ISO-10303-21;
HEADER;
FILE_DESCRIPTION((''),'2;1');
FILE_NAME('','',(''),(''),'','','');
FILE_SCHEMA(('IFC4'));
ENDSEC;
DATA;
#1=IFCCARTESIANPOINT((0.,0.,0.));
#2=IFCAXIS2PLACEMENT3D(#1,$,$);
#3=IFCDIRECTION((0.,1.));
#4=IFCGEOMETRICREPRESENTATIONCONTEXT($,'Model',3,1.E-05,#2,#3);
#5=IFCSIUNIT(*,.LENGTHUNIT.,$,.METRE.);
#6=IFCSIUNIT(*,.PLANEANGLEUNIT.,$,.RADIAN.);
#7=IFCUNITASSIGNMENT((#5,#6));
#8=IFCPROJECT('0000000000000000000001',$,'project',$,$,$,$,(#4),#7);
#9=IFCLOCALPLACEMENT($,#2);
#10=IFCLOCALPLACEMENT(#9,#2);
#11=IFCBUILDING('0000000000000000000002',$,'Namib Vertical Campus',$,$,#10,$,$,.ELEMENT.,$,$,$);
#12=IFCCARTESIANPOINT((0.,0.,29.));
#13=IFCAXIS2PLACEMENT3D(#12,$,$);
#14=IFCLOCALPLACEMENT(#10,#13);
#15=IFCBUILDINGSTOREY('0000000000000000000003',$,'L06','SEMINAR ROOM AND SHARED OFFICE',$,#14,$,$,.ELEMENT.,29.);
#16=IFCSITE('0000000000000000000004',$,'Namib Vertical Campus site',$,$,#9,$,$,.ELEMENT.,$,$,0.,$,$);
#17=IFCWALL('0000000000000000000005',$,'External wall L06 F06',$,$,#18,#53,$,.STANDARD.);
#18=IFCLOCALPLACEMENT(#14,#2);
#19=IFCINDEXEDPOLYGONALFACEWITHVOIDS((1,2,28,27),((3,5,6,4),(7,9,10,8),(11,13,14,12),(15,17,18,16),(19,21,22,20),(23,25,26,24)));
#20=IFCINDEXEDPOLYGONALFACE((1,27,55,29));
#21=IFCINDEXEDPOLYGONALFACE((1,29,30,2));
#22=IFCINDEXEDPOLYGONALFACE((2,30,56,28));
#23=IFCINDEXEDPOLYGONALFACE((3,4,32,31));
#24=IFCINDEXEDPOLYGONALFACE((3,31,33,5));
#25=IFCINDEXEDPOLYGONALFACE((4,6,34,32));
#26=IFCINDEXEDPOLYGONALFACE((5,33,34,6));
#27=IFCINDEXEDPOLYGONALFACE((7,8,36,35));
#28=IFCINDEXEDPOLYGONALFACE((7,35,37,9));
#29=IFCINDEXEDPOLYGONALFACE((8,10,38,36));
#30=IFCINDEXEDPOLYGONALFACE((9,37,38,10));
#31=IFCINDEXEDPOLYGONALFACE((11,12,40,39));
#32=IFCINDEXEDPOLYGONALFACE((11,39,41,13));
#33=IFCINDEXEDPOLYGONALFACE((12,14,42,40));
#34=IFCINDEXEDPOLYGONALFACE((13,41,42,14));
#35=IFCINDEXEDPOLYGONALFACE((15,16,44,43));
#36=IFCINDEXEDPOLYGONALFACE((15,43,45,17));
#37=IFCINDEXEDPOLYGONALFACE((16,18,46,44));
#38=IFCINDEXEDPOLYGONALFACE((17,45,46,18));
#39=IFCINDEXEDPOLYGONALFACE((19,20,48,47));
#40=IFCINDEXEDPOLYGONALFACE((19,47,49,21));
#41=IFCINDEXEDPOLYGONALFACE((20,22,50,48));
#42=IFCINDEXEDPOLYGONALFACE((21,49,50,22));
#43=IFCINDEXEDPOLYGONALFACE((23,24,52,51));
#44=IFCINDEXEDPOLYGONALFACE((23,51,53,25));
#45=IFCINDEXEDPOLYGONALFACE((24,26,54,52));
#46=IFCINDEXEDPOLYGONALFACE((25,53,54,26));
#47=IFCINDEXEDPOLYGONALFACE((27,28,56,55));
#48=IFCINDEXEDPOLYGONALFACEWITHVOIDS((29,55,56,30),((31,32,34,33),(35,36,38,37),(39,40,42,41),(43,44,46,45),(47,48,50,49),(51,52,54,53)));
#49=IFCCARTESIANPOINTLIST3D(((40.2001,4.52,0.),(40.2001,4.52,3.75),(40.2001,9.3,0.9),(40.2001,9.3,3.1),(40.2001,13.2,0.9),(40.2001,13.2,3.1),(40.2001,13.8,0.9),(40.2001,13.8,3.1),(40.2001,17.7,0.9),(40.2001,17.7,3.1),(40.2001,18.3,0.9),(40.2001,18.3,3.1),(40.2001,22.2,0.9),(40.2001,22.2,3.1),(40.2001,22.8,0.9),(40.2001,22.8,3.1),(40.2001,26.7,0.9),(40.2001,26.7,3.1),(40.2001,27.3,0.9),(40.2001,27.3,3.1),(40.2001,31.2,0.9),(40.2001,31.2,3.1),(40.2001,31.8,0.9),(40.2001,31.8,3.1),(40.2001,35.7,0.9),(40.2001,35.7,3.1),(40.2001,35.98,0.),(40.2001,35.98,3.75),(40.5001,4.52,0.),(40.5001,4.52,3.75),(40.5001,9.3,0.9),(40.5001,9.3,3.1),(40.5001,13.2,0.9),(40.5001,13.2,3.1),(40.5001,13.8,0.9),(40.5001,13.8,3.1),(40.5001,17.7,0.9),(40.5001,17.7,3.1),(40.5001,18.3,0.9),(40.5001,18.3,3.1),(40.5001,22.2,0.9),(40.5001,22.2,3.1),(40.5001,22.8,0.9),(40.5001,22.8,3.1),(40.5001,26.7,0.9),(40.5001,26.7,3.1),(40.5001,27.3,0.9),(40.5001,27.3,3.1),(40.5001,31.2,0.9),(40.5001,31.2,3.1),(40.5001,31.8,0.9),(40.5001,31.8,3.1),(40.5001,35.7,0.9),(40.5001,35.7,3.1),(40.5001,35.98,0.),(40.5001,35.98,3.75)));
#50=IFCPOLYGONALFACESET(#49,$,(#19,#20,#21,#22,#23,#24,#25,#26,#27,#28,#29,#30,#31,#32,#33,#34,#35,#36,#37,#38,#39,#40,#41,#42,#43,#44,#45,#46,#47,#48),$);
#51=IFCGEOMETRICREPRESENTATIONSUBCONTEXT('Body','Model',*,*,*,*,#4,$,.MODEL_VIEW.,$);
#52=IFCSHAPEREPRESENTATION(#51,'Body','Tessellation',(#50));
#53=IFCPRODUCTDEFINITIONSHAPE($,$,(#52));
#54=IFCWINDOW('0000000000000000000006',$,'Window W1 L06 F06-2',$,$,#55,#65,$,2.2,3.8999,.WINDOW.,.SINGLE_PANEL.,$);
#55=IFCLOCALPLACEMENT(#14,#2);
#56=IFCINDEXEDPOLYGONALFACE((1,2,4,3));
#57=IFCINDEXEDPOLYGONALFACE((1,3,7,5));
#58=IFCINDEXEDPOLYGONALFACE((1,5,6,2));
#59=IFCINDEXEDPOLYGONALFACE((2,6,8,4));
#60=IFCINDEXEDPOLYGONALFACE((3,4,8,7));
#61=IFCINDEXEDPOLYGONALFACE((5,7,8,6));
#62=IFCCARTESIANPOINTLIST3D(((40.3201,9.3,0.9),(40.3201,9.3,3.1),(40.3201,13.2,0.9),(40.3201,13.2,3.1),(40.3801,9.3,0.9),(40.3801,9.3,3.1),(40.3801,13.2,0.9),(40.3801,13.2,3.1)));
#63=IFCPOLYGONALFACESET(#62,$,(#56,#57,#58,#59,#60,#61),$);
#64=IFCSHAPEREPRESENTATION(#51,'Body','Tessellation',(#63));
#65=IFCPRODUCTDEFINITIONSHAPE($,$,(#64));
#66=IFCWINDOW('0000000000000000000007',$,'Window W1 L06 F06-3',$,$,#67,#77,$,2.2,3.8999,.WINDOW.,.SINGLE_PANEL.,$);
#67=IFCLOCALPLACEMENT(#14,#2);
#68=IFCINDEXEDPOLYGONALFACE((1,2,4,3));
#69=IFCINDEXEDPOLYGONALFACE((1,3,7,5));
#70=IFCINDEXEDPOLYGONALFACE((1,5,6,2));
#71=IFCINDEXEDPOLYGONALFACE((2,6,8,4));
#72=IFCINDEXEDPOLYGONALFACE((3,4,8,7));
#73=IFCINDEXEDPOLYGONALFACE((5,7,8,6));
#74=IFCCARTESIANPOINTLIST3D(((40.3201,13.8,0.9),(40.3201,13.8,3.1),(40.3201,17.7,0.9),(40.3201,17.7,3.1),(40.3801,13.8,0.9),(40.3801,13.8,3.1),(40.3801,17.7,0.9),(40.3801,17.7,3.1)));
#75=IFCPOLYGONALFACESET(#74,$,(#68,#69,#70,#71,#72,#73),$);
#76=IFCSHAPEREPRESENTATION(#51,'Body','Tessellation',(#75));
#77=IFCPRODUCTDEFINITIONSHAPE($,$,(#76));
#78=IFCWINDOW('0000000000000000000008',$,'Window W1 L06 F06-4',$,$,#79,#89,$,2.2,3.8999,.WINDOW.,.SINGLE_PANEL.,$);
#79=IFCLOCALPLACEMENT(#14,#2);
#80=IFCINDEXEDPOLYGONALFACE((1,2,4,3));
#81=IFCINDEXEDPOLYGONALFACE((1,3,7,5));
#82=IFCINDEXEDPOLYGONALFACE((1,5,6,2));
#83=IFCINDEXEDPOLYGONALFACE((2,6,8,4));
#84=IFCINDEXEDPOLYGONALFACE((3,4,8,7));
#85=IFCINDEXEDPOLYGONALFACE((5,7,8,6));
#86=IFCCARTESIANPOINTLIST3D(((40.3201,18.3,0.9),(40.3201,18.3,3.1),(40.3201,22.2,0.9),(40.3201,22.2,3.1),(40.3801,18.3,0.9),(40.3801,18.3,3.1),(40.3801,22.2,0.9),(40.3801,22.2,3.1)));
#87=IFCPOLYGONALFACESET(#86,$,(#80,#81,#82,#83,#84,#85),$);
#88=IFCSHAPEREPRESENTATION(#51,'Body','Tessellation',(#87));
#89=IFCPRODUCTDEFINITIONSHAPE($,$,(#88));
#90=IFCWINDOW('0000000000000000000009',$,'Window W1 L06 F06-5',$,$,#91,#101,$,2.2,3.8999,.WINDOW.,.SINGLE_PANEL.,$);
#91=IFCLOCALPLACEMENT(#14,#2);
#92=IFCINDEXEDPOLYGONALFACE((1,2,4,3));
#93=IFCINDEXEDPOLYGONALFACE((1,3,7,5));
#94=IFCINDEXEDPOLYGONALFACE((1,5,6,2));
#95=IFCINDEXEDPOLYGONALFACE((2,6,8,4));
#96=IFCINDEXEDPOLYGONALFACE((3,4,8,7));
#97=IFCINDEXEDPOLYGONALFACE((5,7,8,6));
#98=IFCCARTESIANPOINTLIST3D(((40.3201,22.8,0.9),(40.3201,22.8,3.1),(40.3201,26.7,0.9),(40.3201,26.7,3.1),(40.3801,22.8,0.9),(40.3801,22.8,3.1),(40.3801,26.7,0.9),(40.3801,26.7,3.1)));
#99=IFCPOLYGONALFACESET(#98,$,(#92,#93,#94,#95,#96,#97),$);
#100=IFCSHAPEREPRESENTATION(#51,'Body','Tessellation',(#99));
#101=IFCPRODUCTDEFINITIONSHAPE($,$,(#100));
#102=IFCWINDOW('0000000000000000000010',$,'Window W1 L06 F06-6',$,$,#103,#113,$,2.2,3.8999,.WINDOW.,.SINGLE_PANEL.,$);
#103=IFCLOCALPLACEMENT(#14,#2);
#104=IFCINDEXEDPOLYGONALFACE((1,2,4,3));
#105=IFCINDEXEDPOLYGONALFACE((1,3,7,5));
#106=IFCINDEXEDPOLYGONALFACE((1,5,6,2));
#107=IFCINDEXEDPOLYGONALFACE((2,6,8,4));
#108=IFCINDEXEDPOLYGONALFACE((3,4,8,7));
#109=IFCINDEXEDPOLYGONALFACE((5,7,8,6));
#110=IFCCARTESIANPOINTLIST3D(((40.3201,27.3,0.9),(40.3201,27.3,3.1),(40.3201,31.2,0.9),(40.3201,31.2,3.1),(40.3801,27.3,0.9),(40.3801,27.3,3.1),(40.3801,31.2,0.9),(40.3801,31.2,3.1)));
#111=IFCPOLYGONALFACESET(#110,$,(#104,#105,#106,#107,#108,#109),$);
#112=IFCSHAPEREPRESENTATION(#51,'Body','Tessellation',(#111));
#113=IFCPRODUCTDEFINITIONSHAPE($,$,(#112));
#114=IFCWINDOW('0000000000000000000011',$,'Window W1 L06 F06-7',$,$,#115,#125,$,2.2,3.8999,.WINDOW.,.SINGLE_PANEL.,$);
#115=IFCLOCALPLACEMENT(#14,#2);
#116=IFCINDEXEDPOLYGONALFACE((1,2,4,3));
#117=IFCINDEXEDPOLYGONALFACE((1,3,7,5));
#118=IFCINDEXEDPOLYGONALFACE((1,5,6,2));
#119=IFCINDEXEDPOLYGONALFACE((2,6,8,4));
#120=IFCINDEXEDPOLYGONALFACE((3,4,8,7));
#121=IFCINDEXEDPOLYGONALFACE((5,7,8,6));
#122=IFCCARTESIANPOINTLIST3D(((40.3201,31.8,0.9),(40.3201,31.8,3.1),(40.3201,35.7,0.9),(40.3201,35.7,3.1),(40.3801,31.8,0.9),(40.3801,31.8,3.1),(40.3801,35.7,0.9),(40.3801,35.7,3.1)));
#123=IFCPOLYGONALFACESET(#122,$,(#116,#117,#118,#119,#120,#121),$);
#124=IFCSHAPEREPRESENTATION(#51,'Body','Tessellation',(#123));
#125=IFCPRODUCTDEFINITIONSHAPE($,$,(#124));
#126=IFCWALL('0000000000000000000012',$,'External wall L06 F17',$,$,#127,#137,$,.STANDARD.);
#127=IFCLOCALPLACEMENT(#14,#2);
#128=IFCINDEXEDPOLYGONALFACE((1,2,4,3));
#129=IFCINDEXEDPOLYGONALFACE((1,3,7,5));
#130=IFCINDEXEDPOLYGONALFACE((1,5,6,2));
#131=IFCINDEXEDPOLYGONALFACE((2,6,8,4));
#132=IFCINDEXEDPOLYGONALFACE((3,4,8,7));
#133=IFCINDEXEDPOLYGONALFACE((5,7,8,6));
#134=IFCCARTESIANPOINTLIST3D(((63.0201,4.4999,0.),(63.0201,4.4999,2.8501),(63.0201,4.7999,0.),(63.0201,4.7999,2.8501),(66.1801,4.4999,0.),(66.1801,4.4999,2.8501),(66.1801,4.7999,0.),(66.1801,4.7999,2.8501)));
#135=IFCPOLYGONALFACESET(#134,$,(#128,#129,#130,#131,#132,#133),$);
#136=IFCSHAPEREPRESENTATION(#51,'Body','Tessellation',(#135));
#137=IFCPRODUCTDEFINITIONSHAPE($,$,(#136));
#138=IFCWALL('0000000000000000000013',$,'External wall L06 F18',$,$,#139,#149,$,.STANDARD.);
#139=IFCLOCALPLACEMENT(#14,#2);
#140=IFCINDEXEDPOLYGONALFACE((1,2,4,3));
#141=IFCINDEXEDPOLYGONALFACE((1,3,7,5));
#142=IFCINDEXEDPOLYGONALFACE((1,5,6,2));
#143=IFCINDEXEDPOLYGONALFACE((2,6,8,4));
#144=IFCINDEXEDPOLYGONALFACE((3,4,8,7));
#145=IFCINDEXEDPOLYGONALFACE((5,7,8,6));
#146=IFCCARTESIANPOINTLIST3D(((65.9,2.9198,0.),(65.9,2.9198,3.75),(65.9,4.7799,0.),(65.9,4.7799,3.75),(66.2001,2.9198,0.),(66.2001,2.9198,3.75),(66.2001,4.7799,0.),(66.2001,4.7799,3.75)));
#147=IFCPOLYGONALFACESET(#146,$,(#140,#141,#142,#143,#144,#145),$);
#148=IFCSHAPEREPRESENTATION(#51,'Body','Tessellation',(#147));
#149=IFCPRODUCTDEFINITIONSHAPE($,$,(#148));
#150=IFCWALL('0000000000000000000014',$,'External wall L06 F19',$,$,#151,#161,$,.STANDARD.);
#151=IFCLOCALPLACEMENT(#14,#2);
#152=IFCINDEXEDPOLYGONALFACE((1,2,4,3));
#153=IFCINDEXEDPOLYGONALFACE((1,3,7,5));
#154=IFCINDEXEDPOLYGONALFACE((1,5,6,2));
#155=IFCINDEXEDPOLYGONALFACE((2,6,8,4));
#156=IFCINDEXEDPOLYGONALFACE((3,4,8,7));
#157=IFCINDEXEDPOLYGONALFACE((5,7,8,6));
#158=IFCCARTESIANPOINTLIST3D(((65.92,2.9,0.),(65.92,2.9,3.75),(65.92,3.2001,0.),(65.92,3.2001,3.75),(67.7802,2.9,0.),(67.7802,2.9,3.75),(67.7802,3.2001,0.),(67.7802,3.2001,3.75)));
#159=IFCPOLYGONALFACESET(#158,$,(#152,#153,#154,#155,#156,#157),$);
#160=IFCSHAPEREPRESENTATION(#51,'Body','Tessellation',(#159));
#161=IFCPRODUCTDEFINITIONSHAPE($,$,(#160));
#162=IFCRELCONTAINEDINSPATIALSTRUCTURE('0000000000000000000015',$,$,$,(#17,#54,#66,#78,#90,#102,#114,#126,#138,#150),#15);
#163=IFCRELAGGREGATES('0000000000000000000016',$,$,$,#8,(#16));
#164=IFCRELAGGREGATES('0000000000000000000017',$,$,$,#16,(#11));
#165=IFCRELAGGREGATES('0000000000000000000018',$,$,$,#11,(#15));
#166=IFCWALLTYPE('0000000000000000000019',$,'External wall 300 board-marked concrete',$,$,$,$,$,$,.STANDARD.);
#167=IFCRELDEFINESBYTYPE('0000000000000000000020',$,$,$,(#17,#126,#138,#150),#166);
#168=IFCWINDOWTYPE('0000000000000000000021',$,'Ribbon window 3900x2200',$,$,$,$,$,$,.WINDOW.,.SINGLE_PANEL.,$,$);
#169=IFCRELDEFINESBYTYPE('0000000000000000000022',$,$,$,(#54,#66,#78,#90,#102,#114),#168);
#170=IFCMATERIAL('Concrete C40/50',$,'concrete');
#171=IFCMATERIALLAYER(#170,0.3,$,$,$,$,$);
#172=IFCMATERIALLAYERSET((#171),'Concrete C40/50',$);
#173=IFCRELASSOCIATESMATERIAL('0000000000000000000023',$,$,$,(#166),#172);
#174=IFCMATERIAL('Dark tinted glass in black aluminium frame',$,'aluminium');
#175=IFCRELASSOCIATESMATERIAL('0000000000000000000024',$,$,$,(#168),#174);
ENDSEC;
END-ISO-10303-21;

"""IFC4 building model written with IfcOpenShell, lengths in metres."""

from ifc_helpers import new_model, si_unit, direction, frame, frame_2d, origin, place, context, subcontext, project, spatial, rectangle, extrude, material, layer, layer_set, type_object, element, fill, save


model = new_model("IFC4")

# Units and contexts
model_context = context("Model", 3, precision=1e-05, world=origin(), true_north=direction((0.0, 1.0)))
body_context = subcontext(model_context, "Body", "Model", "MODEL_VIEW")
ifc_project = project(units=[si_unit("LENGTHUNIT", "METRE"), si_unit("PLANEANGLEUNIT", "RADIAN")], contexts=[model_context])

# Site, building, storey
site_placement = place(None, origin())
site = spatial("IfcSite", under=ifc_project, at=site_placement, Name="Namib Vertical Campus site", CompositionType="ELEMENT", RefElevation=0.0)
building_placement = place(site_placement, origin())
building = spatial("IfcBuilding", under=site, at=building_placement, Name="Namib Vertical Campus", CompositionType="ELEMENT")
storey_placement = place(building_placement, frame((0.0, 0.0, 29.0)))
storey = spatial("IfcBuildingStorey", under=building, at=storey_placement, Name="L06", Description="SEMINAR ROOM AND SHARED OFFICE", CompositionType="ELEMENT", Elevation=29.0)

# Shared definitions
ifc_material_1 = material(Name="Concrete C40/50", Category="concrete")
ifc_layer_1 = layer(ifc_material_1, 0.3)
ifc_layer_set_1 = layer_set([ifc_layer_1], Name="Concrete C40/50")
wall_type_1 = type_object("IfcWallType", Name="External wall 300 board-marked concrete", PredefinedType="STANDARD", material=ifc_layer_set_1)

# Wall, openings, windows
wall_1_placement = place(storey_placement, frame((40.3501, 4.52, 0.0), z_axis=(0.0, 0.0, 1.0), x_axis=(0.0, 1.0, 0.0)))
wall_1 = element("IfcWall", 1, at=wall_1_placement, inside=storey, type_object=wall_type_1, Name="External wall L06 F06", PredefinedType="STANDARD", context=body_context, shape_type="SweptSolid", body=[
    extrude(rectangle(XDim=31.46, YDim=0.3, at=frame_2d((15.73, 0.0))), origin(), (0.0, 0.0, 1.0), 3.75),
])
opening_1_placement = place(wall_1_placement, frame((4.78, 0.0, 0.8999)))
opening_1 = element("IfcOpeningElement", 2, at=opening_1_placement, cuts=wall_1, PredefinedType="OPENING", context=body_context, shape_type="SweptSolid", body=[
    extrude(rectangle(XDim=3.8999, YDim=2.2, at=frame_2d((1.95, 1.1001))), frame((0.0, 0.1599, 0.0), z_axis=(0.0, -1.0, 0.0), x_axis=(1.0, 0.0, 0.0)), (0.0, 0.0, 1.0), 0.3201),
])
opening_2_placement = place(wall_1_placement, frame((9.28, 0.0, 0.8999)))
opening_2 = element("IfcOpeningElement", 3, at=opening_2_placement, cuts=wall_1, PredefinedType="OPENING", context=body_context, shape_type="SweptSolid", body=[
    extrude(rectangle(XDim=3.8999, YDim=2.2, at=frame_2d((1.95, 1.1001))), frame((0.0, 0.1599, 0.0), z_axis=(0.0, -1.0, 0.0), x_axis=(1.0, 0.0, 0.0)), (0.0, 0.0, 1.0), 0.3201),
])
opening_3_placement = place(wall_1_placement, frame((13.78, 0.0, 0.8999)))
opening_3 = element("IfcOpeningElement", 4, at=opening_3_placement, cuts=wall_1, PredefinedType="OPENING", context=body_context, shape_type="SweptSolid", body=[
    extrude(rectangle(XDim=3.8999, YDim=2.2, at=frame_2d((1.95, 1.1001))), frame((0.0, 0.1599, 0.0), z_axis=(0.0, -1.0, 0.0), x_axis=(1.0, 0.0, 0.0)), (0.0, 0.0, 1.0), 0.3201),
])
opening_4_placement = place(wall_1_placement, frame((18.28, 0.0, 0.8999)))
opening_4 = element("IfcOpeningElement", 5, at=opening_4_placement, cuts=wall_1, PredefinedType="OPENING", context=body_context, shape_type="SweptSolid", body=[
    extrude(rectangle(XDim=3.8999, YDim=2.2, at=frame_2d((1.95, 1.1001))), frame((0.0, 0.1599, 0.0), z_axis=(0.0, -1.0, 0.0), x_axis=(1.0, 0.0, 0.0)), (0.0, 0.0, 1.0), 0.3201),
])
opening_5_placement = place(wall_1_placement, frame((22.78, 0.0, 0.8999)))
opening_5 = element("IfcOpeningElement", 6, at=opening_5_placement, cuts=wall_1, PredefinedType="OPENING", context=body_context, shape_type="SweptSolid", body=[
    extrude(rectangle(XDim=3.8999, YDim=2.2, at=frame_2d((1.95, 1.1001))), frame((0.0, 0.1599, 0.0), z_axis=(0.0, -1.0, 0.0), x_axis=(1.0, 0.0, 0.0)), (0.0, 0.0, 1.0), 0.3201),
])
opening_6_placement = place(wall_1_placement, frame((27.28, 0.0, 0.8999)))
opening_6 = element("IfcOpeningElement", 7, at=opening_6_placement, cuts=wall_1, PredefinedType="OPENING", context=body_context, shape_type="SweptSolid", body=[
    extrude(rectangle(XDim=3.8999, YDim=2.2, at=frame_2d((1.95, 1.1001))), frame((0.0, 0.1599, 0.0), z_axis=(0.0, -1.0, 0.0), x_axis=(1.0, 0.0, 0.0)), (0.0, 0.0, 1.0), 0.3201),
])
ifc_material_2 = material(Name="Dark tinted glass in black aluminium frame", Category="aluminium")
window_type = type_object("IfcWindowType", Name="Ribbon window 3900x2200", PartitioningType="SINGLE_PANEL", PredefinedType="WINDOW", material=ifc_material_2)
window_1_placement = place(opening_1_placement, origin())
window_1 = element("IfcWindow", 8, at=window_1_placement, inside=storey, type_object=window_type, Name="Window W1 L06 F06-2", OverallHeight=2.2, OverallWidth=3.8999, PartitioningType="SINGLE_PANEL", PredefinedType="WINDOW", context=body_context, shape_type="SweptSolid", body=[
    extrude(rectangle(XDim=3.8999, YDim=2.2, at=frame_2d((1.95, 1.1001))), frame((0.0, 0.03, 0.0), z_axis=(0.0, -1.0, 0.0), x_axis=(1.0, 0.0, 0.0)), (0.0, 0.0, 1.0), 0.0601),
])
fill(opening_1, window_1)
window_2_placement = place(opening_2_placement, origin())
window_2 = element("IfcWindow", 9, at=window_2_placement, inside=storey, type_object=window_type, Name="Window W1 L06 F06-3", OverallHeight=2.2, OverallWidth=3.8999, PartitioningType="SINGLE_PANEL", PredefinedType="WINDOW", context=body_context, shape_type="SweptSolid", body=[
    extrude(rectangle(XDim=3.8999, YDim=2.2, at=frame_2d((1.95, 1.1001))), frame((0.0, 0.03, 0.0), z_axis=(0.0, -1.0, 0.0), x_axis=(1.0, 0.0, 0.0)), (0.0, 0.0, 1.0), 0.0601),
])
fill(opening_2, window_2)
window_3_placement = place(opening_3_placement, origin())
window_3 = element("IfcWindow", 10, at=window_3_placement, inside=storey, type_object=window_type, Name="Window W1 L06 F06-4", OverallHeight=2.2, OverallWidth=3.8999, PartitioningType="SINGLE_PANEL", PredefinedType="WINDOW", context=body_context, shape_type="SweptSolid", body=[
    extrude(rectangle(XDim=3.8999, YDim=2.2, at=frame_2d((1.95, 1.1001))), frame((0.0, 0.03, 0.0), z_axis=(0.0, -1.0, 0.0), x_axis=(1.0, 0.0, 0.0)), (0.0, 0.0, 1.0), 0.0601),
])
fill(opening_3, window_3)
window_4_placement = place(opening_4_placement, origin())
window_4 = element("IfcWindow", 11, at=window_4_placement, inside=storey, type_object=window_type, Name="Window W1 L06 F06-5", OverallHeight=2.2, OverallWidth=3.8999, PartitioningType="SINGLE_PANEL", PredefinedType="WINDOW", context=body_context, shape_type="SweptSolid", body=[
    extrude(rectangle(XDim=3.8999, YDim=2.2, at=frame_2d((1.95, 1.1001))), frame((0.0, 0.03, 0.0), z_axis=(0.0, -1.0, 0.0), x_axis=(1.0, 0.0, 0.0)), (0.0, 0.0, 1.0), 0.0601),
])
fill(opening_4, window_4)
window_5_placement = place(opening_5_placement, origin())
window_5 = element("IfcWindow", 12, at=window_5_placement, inside=storey, type_object=window_type, Name="Window W1 L06 F06-6", OverallHeight=2.2, OverallWidth=3.8999, PartitioningType="SINGLE_PANEL", PredefinedType="WINDOW", context=body_context, shape_type="SweptSolid", body=[
    extrude(rectangle(XDim=3.8999, YDim=2.2, at=frame_2d((1.95, 1.1001))), frame((0.0, 0.03, 0.0), z_axis=(0.0, -1.0, 0.0), x_axis=(1.0, 0.0, 0.0)), (0.0, 0.0, 1.0), 0.0601),
])
fill(opening_5, window_5)
window_6_placement = place(opening_6_placement, origin())
window_6 = element("IfcWindow", 13, at=window_6_placement, inside=storey, type_object=window_type, Name="Window W1 L06 F06-7", OverallHeight=2.2, OverallWidth=3.8999, PartitioningType="SINGLE_PANEL", PredefinedType="WINDOW", context=body_context, shape_type="SweptSolid", body=[
    extrude(rectangle(XDim=3.8999, YDim=2.2, at=frame_2d((1.95, 1.1001))), frame((0.0, 0.03, 0.0), z_axis=(0.0, -1.0, 0.0), x_axis=(1.0, 0.0, 0.0)), (0.0, 0.0, 1.0), 0.0601),
])
fill(opening_6, window_6)

# Walls
wall_2_placement = place(storey_placement, frame((63.02, 4.6499, 0.0), z_axis=(0.0, 0.0, 1.0), x_axis=(1.0, 0.0, 0.0)))
element("IfcWall", 14, at=wall_2_placement, inside=storey, type_object=wall_type_1, Name="External wall L06 F17", PredefinedType="STANDARD", context=body_context, shape_type="SweptSolid", body=[
    extrude(rectangle(XDim=3.1599, YDim=0.3, at=frame_2d((1.5801, 0.0))), origin(), (0.0, 0.0, 1.0), 2.8501),
])
for number, where, z_axis, x_axis, name in (
    (15, (66.05, 4.78, 0.0), (0.0, 0.0, 1.0), (0.0, -1.0, 0.0), "External wall L06 F18"),
    (16, (65.9199, 3.05, 0.0), (0.0, 0.0, 1.0), (1.0, 0.0, 0.0), "External wall L06 F19"),
):
    element("IfcWall", number, at=place(storey_placement, frame(where, z_axis=z_axis, x_axis=x_axis)), inside=storey, type_object=wall_type_1, Name=name, PredefinedType="STANDARD", context=body_context, shape_type="SweptSolid", body=[
        extrude(rectangle(XDim=1.8601, YDim=0.3, at=frame_2d((0.9302, 0.0))), origin(), (0.0, 0.0, 1.0), 3.75),
    ])

save(model, "model.ifc")
